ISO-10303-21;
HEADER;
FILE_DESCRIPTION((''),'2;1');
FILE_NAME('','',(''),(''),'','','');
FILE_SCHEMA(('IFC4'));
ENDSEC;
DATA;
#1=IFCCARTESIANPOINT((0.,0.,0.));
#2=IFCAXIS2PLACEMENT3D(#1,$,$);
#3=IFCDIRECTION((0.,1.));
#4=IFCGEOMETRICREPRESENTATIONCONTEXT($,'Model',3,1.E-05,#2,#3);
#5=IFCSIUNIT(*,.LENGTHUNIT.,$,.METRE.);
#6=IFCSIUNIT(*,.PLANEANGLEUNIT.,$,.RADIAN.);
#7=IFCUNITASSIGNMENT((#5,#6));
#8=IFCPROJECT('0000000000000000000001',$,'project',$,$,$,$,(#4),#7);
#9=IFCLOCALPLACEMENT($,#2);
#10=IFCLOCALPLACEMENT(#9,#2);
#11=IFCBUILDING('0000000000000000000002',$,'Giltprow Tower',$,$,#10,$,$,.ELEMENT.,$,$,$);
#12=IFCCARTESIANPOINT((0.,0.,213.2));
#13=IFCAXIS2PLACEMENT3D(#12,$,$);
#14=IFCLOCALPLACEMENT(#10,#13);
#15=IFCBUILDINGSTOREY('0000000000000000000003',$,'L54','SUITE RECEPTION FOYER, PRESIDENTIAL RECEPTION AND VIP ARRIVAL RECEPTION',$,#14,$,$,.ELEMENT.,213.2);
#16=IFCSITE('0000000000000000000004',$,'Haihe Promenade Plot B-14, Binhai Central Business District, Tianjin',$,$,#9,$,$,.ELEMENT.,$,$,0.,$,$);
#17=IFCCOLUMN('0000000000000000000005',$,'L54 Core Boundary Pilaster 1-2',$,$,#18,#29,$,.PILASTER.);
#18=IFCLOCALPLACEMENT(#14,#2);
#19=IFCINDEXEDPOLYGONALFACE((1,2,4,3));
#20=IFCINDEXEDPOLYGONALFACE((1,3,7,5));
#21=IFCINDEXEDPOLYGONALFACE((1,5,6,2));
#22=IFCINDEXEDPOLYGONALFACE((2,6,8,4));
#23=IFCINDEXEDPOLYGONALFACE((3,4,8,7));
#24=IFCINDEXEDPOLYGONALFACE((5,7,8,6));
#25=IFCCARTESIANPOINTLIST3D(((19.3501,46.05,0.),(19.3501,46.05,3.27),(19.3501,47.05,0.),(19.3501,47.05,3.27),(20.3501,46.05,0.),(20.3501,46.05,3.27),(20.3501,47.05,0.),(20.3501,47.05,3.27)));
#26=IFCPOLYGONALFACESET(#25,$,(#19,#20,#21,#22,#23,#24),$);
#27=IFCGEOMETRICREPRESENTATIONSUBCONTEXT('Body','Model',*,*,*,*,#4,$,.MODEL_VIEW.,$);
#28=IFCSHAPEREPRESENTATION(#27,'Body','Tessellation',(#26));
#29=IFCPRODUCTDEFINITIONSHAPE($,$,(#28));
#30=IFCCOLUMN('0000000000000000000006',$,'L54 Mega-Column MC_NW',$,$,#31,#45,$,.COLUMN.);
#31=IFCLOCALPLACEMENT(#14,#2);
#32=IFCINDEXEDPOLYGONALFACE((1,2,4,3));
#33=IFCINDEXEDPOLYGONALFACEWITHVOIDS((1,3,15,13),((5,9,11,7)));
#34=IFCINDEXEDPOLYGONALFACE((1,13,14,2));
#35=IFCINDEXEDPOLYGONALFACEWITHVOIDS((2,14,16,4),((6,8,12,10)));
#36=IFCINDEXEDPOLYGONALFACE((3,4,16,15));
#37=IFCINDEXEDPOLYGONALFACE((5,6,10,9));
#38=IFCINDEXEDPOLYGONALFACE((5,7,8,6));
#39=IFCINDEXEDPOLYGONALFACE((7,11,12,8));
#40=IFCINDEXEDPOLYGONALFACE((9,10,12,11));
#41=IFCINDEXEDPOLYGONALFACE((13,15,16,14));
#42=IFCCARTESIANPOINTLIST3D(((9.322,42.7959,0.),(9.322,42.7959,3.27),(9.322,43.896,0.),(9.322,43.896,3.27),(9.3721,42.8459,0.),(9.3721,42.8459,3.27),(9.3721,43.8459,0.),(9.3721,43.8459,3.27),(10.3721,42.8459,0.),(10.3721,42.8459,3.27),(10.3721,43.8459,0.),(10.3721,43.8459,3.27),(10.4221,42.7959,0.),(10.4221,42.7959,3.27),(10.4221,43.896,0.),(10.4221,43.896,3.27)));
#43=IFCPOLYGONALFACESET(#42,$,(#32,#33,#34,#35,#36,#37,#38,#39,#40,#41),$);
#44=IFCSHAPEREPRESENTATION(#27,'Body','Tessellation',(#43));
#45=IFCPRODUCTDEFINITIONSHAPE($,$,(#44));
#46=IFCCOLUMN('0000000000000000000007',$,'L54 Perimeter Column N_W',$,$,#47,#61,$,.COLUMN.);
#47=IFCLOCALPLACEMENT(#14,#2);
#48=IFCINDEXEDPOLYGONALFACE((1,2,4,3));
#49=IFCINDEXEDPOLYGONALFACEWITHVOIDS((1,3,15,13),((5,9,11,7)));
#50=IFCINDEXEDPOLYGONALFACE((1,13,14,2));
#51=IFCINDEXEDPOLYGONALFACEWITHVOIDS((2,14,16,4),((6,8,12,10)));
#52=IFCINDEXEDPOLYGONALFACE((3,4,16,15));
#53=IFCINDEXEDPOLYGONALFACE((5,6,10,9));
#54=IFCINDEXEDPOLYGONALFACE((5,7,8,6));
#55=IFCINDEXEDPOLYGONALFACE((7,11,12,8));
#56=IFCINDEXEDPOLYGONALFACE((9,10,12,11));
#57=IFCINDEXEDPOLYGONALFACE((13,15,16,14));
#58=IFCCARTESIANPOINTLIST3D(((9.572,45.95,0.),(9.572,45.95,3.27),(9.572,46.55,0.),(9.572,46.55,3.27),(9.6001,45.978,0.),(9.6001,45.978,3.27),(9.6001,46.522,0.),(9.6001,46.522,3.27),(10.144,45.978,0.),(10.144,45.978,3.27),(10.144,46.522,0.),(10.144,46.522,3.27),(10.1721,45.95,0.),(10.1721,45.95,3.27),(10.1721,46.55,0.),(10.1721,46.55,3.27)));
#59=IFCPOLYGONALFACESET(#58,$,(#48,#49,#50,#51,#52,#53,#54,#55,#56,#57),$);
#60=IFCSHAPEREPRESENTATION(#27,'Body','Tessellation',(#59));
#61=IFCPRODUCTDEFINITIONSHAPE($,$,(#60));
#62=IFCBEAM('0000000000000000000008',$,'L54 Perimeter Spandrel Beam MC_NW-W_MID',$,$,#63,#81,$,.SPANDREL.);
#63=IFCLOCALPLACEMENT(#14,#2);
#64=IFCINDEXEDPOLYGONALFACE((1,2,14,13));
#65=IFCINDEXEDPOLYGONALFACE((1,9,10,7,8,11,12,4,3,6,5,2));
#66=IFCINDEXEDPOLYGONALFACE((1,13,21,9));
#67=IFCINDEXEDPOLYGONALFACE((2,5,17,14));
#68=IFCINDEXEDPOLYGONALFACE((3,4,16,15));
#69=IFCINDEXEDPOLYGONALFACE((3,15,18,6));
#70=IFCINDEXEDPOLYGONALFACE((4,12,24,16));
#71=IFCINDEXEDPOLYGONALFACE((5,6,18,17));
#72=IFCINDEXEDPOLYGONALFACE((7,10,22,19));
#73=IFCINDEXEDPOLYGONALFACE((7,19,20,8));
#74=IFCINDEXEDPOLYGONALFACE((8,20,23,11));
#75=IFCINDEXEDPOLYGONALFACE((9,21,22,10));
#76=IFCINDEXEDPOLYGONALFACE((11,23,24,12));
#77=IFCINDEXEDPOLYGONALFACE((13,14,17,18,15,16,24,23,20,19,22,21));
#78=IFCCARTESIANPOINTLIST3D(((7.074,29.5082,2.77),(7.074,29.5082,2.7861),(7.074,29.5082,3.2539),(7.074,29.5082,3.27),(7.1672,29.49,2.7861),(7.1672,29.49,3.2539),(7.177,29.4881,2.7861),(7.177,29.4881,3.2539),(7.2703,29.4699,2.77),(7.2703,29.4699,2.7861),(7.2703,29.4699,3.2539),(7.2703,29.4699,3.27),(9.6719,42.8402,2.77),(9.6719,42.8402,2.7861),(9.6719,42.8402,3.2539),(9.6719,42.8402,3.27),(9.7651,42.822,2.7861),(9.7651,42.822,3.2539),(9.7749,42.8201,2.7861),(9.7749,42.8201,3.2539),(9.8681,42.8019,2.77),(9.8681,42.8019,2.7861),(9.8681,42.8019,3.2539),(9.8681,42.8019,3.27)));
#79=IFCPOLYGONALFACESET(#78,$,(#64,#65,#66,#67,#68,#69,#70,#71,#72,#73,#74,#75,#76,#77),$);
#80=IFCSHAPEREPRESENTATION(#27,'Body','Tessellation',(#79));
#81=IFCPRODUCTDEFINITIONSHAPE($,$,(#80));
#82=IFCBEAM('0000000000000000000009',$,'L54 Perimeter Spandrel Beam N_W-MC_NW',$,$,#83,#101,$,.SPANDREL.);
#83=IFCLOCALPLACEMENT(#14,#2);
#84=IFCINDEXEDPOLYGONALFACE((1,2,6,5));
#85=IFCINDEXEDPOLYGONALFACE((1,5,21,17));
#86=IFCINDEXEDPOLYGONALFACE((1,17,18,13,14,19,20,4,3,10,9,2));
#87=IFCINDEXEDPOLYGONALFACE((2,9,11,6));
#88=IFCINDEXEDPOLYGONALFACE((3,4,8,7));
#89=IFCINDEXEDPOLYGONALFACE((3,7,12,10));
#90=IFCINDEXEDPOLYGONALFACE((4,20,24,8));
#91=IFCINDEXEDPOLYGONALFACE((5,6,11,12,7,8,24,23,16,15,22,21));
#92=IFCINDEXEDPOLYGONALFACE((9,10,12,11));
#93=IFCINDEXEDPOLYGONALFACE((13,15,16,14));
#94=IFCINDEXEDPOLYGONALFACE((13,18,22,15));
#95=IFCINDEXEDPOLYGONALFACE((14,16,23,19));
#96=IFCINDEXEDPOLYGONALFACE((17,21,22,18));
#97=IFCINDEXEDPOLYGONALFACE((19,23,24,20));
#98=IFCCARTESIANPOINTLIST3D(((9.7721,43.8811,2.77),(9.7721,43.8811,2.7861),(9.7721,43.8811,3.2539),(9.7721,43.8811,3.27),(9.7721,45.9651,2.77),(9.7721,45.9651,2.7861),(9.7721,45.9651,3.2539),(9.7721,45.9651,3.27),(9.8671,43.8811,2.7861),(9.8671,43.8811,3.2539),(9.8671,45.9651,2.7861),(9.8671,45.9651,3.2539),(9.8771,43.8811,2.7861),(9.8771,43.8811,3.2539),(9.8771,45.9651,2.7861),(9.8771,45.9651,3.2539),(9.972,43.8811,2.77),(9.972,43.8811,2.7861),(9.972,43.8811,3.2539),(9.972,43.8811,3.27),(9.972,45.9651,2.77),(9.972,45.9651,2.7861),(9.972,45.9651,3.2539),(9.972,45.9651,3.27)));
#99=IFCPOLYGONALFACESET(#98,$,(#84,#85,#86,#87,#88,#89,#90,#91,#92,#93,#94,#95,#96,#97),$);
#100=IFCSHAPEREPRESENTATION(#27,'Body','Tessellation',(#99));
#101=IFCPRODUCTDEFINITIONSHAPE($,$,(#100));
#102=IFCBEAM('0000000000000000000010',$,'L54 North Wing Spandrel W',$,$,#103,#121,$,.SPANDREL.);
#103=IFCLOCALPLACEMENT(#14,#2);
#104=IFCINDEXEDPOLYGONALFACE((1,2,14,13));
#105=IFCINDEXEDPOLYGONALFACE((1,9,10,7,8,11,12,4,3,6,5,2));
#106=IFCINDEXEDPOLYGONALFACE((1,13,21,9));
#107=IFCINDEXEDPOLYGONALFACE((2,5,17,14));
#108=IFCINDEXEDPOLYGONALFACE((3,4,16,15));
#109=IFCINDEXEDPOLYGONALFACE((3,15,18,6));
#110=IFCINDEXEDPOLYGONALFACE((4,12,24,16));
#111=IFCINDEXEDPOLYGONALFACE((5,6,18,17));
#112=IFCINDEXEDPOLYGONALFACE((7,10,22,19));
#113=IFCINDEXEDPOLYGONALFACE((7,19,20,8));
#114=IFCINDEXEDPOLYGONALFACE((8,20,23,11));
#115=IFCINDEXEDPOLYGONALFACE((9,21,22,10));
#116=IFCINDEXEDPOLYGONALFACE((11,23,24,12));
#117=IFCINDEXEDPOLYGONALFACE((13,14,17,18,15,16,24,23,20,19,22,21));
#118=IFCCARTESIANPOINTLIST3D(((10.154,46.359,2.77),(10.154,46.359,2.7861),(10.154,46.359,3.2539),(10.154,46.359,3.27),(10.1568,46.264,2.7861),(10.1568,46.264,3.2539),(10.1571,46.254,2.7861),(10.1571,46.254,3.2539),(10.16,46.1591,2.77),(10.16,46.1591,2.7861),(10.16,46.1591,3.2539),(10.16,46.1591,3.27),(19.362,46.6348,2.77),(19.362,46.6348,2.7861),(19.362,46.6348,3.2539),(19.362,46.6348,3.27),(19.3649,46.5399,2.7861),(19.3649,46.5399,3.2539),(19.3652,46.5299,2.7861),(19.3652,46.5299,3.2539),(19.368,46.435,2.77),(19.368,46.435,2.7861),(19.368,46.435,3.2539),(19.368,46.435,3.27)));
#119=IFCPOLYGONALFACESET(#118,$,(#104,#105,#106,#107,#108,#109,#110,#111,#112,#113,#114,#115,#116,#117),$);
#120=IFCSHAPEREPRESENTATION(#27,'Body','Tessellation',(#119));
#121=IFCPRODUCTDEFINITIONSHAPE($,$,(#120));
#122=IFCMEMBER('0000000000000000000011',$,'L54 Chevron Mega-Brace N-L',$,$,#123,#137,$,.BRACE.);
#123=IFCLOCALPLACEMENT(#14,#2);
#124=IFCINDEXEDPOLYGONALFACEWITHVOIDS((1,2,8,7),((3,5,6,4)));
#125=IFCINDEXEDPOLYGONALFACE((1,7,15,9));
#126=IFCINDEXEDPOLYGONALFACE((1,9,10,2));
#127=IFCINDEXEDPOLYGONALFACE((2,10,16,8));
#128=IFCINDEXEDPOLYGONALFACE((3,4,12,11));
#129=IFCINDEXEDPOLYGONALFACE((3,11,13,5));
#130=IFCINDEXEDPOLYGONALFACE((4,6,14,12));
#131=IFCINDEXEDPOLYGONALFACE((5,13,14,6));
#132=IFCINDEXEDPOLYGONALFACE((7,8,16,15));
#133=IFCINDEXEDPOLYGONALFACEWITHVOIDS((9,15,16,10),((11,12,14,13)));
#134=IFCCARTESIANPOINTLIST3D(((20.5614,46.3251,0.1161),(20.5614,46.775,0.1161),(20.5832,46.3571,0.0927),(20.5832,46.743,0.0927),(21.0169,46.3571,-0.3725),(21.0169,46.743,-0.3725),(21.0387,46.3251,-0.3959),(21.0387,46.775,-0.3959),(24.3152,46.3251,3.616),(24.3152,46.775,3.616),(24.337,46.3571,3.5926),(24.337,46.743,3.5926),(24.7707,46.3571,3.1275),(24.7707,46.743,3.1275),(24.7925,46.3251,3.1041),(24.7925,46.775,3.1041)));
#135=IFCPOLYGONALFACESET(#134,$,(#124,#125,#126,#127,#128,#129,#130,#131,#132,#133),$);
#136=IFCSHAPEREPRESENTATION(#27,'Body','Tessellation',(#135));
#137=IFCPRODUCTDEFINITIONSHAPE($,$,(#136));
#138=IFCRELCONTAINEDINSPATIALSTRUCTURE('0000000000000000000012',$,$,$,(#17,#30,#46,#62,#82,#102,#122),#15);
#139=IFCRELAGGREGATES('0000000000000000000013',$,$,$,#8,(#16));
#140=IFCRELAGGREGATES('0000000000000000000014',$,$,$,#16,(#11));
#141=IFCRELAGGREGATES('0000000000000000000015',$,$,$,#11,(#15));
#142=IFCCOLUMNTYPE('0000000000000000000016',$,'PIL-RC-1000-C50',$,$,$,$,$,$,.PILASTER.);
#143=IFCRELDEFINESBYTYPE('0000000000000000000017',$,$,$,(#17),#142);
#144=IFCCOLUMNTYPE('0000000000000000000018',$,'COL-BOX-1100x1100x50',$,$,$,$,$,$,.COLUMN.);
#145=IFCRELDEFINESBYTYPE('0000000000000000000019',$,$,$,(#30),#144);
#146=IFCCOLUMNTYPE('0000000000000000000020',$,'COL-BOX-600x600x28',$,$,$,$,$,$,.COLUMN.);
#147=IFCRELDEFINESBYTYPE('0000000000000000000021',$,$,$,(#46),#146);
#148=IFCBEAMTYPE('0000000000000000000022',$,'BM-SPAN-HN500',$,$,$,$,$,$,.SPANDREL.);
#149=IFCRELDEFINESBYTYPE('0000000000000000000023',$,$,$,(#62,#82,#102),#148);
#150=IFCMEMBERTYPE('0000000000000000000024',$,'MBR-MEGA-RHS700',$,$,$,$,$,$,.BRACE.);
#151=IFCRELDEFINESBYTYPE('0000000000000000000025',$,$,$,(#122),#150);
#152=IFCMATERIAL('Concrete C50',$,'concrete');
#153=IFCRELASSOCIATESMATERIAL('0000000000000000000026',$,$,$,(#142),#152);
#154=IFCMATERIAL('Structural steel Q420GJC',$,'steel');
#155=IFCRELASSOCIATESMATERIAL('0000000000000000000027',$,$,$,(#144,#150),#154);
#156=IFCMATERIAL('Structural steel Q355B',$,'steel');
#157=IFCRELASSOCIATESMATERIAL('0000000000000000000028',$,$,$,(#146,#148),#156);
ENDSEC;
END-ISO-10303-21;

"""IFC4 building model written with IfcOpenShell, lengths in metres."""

from ifc_helpers import new_model, si_unit, direction, frame, origin, origin_2d, place, context, subcontext, project, spatial, rectangle, hollow_rectangle, i_section, extrude, source, transform, mapped, material, material_profile, profile_set, type_object, element, save


model = new_model("IFC4")

# Units and contexts
model_context = context("Model", 3, precision=1e-05, world=origin(), true_north=direction((0.0, 1.0)))
body_context = subcontext(model_context, "Body", "Model", "MODEL_VIEW")
ifc_project = project(units=[si_unit("LENGTHUNIT", "METRE"), si_unit("PLANEANGLEUNIT", "RADIAN")], contexts=[model_context])

# Site, building, storey
site_placement = place(None, origin())
site = spatial("IfcSite", under=ifc_project, at=site_placement, Name="Haihe Promenade Plot B-14, Binhai Central Business District, Tianjin", CompositionType="ELEMENT", RefElevation=0.0)
building_placement = place(site_placement, origin())
building = spatial("IfcBuilding", under=site, at=building_placement, Name="Giltprow Tower", CompositionType="ELEMENT")
storey_placement = place(building_placement, frame((0.0, 0.0, 213.2)))
storey = spatial("IfcBuildingStorey", under=building, at=storey_placement, Name="L54", Description="SUITE RECEPTION FOYER, PRESIDENTIAL RECEPTION AND VIP ARRIVAL RECEPTION", CompositionType="ELEMENT", Elevation=213.2)

# Columns
ifc_material_1 = material(Name="Concrete C50", Category="concrete")
ifc_material_profile_1 = material_profile(ifc_material_1, rectangle(XDim=1.0, YDim=1.0, at=origin_2d()), Name="RC 1000x1000")
ifc_profile_set_1 = profile_set([ifc_material_profile_1], Name="Concrete C50")
column_type_1 = type_object("IfcColumnType", Name="PIL-RC-1000-C50", PredefinedType="PILASTER", material=ifc_profile_set_1)
shared_shape_1 = source(origin(), body_context, "Body", "SweptSolid", [
    extrude(rectangle(XDim=1.0, YDim=1.0, at=origin_2d()), origin(), (0.0, 0.0, 1.0), 3.27),
])
column_1_placement = place(storey_placement, frame((19.8501, 46.55, 0.0), z_axis=(0.0, 0.0, 1.0), x_axis=(1.0, 0.0, 0.0)))
element("IfcColumn", 1, at=column_1_placement, inside=storey, type_object=column_type_1, Name="L54 Core Boundary Pilaster 1-2", PredefinedType="PILASTER", context=body_context, shape_type="MappedRepresentation", body=[
    mapped(shared_shape_1, transform((0.0, 0.0, 0.0), x_axis=(1.0, 0.0, 0.0), y_axis=(0.0, 1.0, 0.0), z_axis=(0.0, 0.0, 1.0), scale=1.0)),
])
ifc_material_2 = material(Name="Structural steel Q420GJC", Category="steel")
ifc_material_profile_2 = material_profile(ifc_material_2, hollow_rectangle(XDim=1.1001, YDim=1.1001, WallThickness=0.05, at=origin_2d()), Name="BOX 1100x1100x50")
ifc_profile_set_2 = profile_set([ifc_material_profile_2], Name="Structural steel Q420GJC")
column_type_2 = type_object("IfcColumnType", Name="COL-BOX-1100x1100x50", PredefinedType="COLUMN", material=ifc_profile_set_2)
shared_shape_2 = source(origin(), body_context, "Body", "SweptSolid", [
    extrude(hollow_rectangle(XDim=1.1001, YDim=1.1001, WallThickness=0.05, at=origin_2d()), origin(), (0.0, 0.0, 1.0), 3.27),
])
column_2_placement = place(storey_placement, frame((9.8721, 43.3459, 0.0), z_axis=(0.0, 0.0, 1.0), x_axis=(1.0, 0.0, 0.0)))
element("IfcColumn", 2, at=column_2_placement, inside=storey, type_object=column_type_2, Name="L54 Mega-Column MC_NW", PredefinedType="COLUMN", context=body_context, shape_type="MappedRepresentation", body=[
    mapped(shared_shape_2, transform((0.0, 0.0, 0.0), x_axis=(1.0, 0.0, 0.0), y_axis=(0.0, 1.0, 0.0), z_axis=(0.0, 0.0, 1.0), scale=1.0)),
])
ifc_material_3 = material(Name="Structural steel Q355B", Category="steel")
ifc_material_profile_3 = material_profile(ifc_material_3, hollow_rectangle(XDim=0.6001, YDim=0.6001, WallThickness=0.0281, at=origin_2d()), Name="BOX 600x600x28")
ifc_profile_set_3 = profile_set([ifc_material_profile_3], Name="Structural steel Q355B")
column_type_3 = type_object("IfcColumnType", Name="COL-BOX-600x600x28", PredefinedType="COLUMN", material=ifc_profile_set_3)
shared_shape_3 = source(origin(), body_context, "Body", "SweptSolid", [
    extrude(hollow_rectangle(XDim=0.6001, YDim=0.6001, WallThickness=0.0281, at=origin_2d()), origin(), (0.0, 0.0, 1.0), 3.27),
])
column_3_placement = place(storey_placement, frame((9.8721, 46.25, 0.0), z_axis=(0.0, 0.0, 1.0), x_axis=(1.0, 0.0, 0.0)))
element("IfcColumn", 3, at=column_3_placement, inside=storey, type_object=column_type_3, Name="L54 Perimeter Column N_W", PredefinedType="COLUMN", context=body_context, shape_type="MappedRepresentation", body=[
    mapped(shared_shape_3, transform((0.0, 0.0, 0.0), x_axis=(1.0, 0.0, 0.0), y_axis=(0.0, 1.0, 0.0), z_axis=(0.0, 0.0, 1.0), scale=1.0)),
])

# Beams
ifc_material_profile_4 = material_profile(ifc_material_3, i_section(OverallWidth=0.2, OverallDepth=0.5, WebThickness=0.01, FlangeThickness=0.0161, at=origin_2d()), Name="HN 500x200x10x16")
ifc_profile_set_4 = profile_set([ifc_material_profile_4], Name="Structural steel Q355B")
beam_type = type_object("IfcBeamType", Name="BM-SPAN-HN500", PredefinedType="SPANDREL", material=ifc_profile_set_4)
shared_shape_4 = source(origin(), body_context, "Body", "SweptSolid", [
    extrude(i_section(OverallWidth=0.2, OverallDepth=0.5, WebThickness=0.01, FlangeThickness=0.0161, at=origin_2d()), origin(), (0.0, 0.0, 1.0), 13.5828),
])
beam_1_placement = place(storey_placement, frame((9.77, 42.821, 3.02), z_axis=(-0.191264, -0.981539, 0.0), x_axis=(0.981539, -0.191264, 0.0)))
element("IfcBeam", 4, at=beam_1_placement, inside=storey, type_object=beam_type, Name="L54 Perimeter Spandrel Beam MC_NW-W_MID", PredefinedType="SPANDREL", context=body_context, shape_type="MappedRepresentation", body=[
    mapped(shared_shape_4, transform((0.0, 0.0, 0.0), x_axis=(1.0, 0.0, 0.0), y_axis=(0.0, 1.0, 0.0), z_axis=(0.0, 0.0, 1.0), scale=1.0)),
])
shared_shape_5 = source(origin(), body_context, "Body", "SweptSolid", [
    extrude(i_section(OverallWidth=0.2, OverallDepth=0.5, WebThickness=0.01, FlangeThickness=0.0161, at=origin_2d()), origin(), (0.0, 0.0, 1.0), 2.084),
])
beam_2_placement = place(storey_placement, frame((9.8721, 45.9651, 3.02), z_axis=(0.0, -1.0, 0.0), x_axis=(1.0, 0.0, 0.0)))
element("IfcBeam", 5, at=beam_2_placement, inside=storey, type_object=beam_type, Name="L54 Perimeter Spandrel Beam N_W-MC_NW", PredefinedType="SPANDREL", context=body_context, shape_type="MappedRepresentation", body=[
    mapped(shared_shape_5, transform((0.0, 0.0, 0.0), x_axis=(1.0, 0.0, 0.0), y_axis=(0.0, 1.0, 0.0), z_axis=(0.0, 0.0, 1.0), scale=1.0)),
])
shared_shape_6 = source(origin(), body_context, "Body", "SweptSolid", [
    extrude(i_section(OverallWidth=0.2, OverallDepth=0.5, WebThickness=0.01, FlangeThickness=0.0161, at=origin_2d()), origin(), (0.0, 0.0, 1.0), 9.2122),
])
beam_3_placement = place(storey_placement, frame((10.157, 46.259, 3.02), z_axis=(0.999551, 0.029947, 0.0), x_axis=(-0.029947, 0.999551, 0.0)))
element("IfcBeam", 6, at=beam_3_placement, inside=storey, type_object=beam_type, Name="L54 North Wing Spandrel W", PredefinedType="SPANDREL", context=body_context, shape_type="MappedRepresentation", body=[
    mapped(shared_shape_6, transform((0.0, 0.0, 0.0), x_axis=(1.0, 0.0, 0.0), y_axis=(0.0, 1.0, 0.0), z_axis=(0.0, 0.0, 1.0), scale=1.0)),
])

# Member
ifc_material_profile_5 = material_profile(ifc_material_2, hollow_rectangle(XDim=0.45, YDim=0.7, WallThickness=0.032, at=origin_2d()), Name="RHS 700x450x32")
ifc_profile_set_5 = profile_set([ifc_material_profile_5], Name="Structural steel Q420GJC")
member_type = type_object("IfcMemberType", Name="MBR-MEGA-RHS700", PredefinedType="BRACE", material=ifc_profile_set_5)
shared_shape_7 = source(origin(), body_context, "Body", "SweptSolid", [
    extrude(hollow_rectangle(XDim=0.45, YDim=0.7, WallThickness=0.032, at=origin_2d()), origin(), (0.0, 0.0, 1.0), 5.1323),
])
member_placement = place(storey_placement, frame((20.8, 46.55, -0.1399), z_axis=(0.73141, 0.0, 0.681939), x_axis=(0.0, 1.0, 0.0)))
element("IfcMember", 7, at=member_placement, inside=storey, type_object=member_type, Name="L54 Chevron Mega-Brace N-L", PredefinedType="BRACE", context=body_context, shape_type="MappedRepresentation", body=[
    mapped(shared_shape_7, transform((0.0, 0.0, 0.0), x_axis=(1.0, 0.0, 0.0), y_axis=(0.0, 1.0, 0.0), z_axis=(0.0, 0.0, 1.0), scale=1.0)),
])

save(model, "model.ifc")
